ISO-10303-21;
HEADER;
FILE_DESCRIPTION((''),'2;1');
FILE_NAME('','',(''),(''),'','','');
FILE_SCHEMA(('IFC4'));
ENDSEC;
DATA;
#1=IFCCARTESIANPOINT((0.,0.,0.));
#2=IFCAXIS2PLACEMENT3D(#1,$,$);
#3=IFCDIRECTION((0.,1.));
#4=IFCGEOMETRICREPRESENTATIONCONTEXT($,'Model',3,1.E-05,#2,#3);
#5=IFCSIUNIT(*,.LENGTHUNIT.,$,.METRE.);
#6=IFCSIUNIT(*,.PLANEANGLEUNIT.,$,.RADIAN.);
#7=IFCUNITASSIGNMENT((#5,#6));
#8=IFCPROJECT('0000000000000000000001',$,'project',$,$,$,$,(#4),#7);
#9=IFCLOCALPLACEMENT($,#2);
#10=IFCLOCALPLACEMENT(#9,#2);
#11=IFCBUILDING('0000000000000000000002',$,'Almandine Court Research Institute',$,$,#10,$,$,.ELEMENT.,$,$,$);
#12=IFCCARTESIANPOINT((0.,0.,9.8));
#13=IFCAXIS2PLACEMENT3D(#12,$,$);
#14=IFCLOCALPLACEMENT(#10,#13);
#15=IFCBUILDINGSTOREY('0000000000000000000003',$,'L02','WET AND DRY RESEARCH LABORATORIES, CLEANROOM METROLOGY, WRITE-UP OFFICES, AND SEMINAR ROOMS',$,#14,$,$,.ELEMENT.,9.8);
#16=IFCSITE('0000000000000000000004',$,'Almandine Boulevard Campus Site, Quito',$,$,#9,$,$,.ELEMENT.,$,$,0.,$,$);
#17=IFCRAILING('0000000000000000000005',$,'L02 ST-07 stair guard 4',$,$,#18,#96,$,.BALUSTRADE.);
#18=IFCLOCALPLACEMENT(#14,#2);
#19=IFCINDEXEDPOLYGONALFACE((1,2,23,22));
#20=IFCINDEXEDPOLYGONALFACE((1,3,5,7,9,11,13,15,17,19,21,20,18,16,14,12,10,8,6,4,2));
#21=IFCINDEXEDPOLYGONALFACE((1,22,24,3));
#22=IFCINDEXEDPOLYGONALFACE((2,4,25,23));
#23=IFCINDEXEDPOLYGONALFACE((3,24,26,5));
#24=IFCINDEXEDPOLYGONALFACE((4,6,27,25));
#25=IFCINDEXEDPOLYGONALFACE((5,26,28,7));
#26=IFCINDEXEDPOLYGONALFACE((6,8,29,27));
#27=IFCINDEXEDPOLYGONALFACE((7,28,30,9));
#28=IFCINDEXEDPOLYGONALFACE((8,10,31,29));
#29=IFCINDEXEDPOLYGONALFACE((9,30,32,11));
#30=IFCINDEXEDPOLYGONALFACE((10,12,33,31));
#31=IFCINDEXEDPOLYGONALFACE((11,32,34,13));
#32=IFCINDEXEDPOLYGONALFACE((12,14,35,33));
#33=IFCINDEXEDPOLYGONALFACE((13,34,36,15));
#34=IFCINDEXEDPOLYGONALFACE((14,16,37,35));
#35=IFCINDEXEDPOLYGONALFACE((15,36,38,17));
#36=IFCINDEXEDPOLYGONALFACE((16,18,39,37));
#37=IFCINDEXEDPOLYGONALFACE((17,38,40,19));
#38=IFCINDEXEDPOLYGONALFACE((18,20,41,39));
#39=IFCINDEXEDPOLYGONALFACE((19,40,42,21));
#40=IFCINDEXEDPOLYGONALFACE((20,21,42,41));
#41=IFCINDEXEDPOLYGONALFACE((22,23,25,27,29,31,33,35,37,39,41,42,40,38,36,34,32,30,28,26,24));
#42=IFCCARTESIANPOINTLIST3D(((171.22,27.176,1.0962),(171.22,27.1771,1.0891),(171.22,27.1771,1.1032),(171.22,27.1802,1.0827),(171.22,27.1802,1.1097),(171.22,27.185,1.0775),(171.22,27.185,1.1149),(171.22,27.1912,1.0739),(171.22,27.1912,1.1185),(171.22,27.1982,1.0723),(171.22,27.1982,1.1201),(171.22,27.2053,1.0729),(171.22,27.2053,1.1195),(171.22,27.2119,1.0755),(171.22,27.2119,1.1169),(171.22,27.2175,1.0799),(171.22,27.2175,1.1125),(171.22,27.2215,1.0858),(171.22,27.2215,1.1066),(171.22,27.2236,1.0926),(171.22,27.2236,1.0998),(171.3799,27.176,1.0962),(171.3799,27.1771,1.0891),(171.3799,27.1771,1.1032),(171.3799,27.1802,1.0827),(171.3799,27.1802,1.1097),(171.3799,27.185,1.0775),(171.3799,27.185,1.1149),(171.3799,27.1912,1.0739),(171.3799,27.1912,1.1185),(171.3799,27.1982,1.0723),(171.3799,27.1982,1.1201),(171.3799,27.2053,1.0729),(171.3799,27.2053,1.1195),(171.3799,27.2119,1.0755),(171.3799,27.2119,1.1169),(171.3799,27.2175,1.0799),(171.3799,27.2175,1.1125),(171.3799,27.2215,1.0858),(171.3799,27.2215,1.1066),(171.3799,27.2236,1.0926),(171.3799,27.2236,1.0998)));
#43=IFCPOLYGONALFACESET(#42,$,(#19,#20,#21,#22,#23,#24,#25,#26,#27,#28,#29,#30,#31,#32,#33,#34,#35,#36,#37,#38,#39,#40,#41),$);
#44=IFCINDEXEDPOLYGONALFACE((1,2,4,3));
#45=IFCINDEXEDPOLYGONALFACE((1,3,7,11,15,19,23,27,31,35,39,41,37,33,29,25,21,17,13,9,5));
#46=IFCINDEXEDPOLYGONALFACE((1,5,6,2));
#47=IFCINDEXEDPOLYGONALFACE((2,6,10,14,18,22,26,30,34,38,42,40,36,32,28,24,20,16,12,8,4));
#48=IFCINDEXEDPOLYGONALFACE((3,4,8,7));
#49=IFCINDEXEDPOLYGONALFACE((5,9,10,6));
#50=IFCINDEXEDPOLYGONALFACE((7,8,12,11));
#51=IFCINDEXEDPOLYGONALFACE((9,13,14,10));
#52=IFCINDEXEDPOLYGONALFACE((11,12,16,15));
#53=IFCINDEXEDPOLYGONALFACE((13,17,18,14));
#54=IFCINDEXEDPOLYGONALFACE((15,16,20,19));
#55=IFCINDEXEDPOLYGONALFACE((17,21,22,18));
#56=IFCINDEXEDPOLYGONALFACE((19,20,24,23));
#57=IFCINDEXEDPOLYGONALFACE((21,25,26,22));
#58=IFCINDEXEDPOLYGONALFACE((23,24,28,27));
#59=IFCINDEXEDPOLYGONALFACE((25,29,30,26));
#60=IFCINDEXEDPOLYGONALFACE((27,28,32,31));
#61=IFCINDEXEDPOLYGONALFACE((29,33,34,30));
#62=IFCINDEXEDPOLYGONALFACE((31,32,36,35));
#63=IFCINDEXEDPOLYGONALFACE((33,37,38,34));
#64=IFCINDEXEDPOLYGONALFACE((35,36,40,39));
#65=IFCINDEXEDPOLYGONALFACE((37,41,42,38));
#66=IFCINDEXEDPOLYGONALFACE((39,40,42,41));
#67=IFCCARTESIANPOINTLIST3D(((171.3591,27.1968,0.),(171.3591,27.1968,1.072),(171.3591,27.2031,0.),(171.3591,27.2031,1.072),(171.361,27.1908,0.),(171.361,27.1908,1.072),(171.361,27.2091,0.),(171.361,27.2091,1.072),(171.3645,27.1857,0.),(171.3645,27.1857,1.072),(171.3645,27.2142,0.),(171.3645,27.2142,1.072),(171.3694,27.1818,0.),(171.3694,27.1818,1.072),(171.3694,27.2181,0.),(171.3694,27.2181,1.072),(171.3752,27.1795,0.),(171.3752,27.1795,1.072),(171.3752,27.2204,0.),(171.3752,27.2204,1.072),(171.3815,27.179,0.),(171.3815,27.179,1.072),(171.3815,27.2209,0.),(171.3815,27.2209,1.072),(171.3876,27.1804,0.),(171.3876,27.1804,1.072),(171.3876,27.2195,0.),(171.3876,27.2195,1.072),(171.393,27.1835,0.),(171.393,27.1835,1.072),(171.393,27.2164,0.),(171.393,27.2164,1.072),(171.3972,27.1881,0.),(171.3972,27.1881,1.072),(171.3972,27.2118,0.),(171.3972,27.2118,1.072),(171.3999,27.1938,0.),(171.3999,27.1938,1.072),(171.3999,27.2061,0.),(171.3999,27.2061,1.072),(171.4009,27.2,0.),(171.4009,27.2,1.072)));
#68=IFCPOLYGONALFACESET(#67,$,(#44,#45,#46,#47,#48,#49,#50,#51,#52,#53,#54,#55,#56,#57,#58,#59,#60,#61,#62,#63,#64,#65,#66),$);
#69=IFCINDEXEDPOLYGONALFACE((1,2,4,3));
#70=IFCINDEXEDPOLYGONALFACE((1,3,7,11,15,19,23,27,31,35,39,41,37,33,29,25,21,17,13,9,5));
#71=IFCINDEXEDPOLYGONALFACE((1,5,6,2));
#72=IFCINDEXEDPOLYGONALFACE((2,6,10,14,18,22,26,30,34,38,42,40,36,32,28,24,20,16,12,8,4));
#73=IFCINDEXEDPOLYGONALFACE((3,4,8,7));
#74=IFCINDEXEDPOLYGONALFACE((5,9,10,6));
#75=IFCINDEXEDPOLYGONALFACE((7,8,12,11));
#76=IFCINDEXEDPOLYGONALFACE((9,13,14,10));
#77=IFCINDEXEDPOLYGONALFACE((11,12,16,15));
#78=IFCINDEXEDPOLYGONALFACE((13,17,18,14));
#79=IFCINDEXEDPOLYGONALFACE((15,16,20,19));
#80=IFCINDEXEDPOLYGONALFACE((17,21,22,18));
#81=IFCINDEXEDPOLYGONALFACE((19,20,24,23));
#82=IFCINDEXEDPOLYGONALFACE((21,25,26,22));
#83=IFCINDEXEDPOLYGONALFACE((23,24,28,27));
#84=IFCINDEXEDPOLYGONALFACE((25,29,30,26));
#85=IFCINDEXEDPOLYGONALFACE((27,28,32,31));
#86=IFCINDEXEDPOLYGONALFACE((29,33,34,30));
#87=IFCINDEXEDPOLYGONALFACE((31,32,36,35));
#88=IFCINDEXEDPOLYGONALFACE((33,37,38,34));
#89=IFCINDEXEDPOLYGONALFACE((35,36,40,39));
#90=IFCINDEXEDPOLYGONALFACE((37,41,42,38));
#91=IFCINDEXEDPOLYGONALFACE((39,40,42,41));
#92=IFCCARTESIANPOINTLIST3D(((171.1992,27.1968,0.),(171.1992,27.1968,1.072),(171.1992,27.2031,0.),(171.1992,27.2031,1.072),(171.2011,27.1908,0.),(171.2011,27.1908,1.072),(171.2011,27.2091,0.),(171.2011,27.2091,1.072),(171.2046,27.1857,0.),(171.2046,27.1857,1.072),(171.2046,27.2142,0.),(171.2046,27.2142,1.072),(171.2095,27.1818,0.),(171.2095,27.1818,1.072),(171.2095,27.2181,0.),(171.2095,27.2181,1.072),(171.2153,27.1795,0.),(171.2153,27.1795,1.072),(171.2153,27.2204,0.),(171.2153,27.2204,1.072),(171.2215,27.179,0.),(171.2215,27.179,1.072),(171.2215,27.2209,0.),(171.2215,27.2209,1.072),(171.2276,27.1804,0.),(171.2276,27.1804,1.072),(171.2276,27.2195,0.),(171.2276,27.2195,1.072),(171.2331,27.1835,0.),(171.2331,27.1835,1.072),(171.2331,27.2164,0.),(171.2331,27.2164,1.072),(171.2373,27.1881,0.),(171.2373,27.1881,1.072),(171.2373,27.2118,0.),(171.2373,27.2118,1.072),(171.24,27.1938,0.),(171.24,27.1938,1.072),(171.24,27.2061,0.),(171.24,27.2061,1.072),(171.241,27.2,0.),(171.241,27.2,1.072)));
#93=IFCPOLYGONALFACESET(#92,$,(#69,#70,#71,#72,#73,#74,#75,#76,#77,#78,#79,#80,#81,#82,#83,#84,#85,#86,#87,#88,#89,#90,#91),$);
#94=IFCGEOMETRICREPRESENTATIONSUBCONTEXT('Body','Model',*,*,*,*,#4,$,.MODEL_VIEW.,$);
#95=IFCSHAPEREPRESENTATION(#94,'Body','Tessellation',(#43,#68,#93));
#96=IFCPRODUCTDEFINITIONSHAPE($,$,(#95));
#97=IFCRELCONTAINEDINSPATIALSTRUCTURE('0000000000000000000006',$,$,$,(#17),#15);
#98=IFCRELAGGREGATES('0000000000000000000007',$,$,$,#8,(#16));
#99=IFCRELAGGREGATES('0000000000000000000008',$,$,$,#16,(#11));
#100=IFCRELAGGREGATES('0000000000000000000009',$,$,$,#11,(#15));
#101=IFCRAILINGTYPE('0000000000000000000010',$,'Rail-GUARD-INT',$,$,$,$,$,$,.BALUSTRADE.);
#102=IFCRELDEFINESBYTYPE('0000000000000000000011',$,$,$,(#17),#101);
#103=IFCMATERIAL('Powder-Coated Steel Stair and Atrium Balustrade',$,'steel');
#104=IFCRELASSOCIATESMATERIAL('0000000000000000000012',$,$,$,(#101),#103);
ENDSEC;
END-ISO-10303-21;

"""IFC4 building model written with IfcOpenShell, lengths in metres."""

from ifc_helpers import new_model, si_unit, direction, frame, origin, origin_2d, place, context, subcontext, project, spatial, circle, extrude, material, type_object, element, save


model = new_model("IFC4")

# Units and contexts
model_context = context("Model", 3, precision=1e-05, world=origin(), true_north=direction((0.0, 1.0)))
body_context = subcontext(model_context, "Body", "Model", "MODEL_VIEW")
ifc_project = project(units=[si_unit("LENGTHUNIT", "METRE"), si_unit("PLANEANGLEUNIT", "RADIAN")], contexts=[model_context])

# Site, building, storey
site_placement = place(None, origin())
site = spatial("IfcSite", under=ifc_project, at=site_placement, Name="Almandine Boulevard Campus Site, Quito", CompositionType="ELEMENT", RefElevation=0.0)
building_placement = place(site_placement, origin())
building = spatial("IfcBuilding", under=site, at=building_placement, Name="Almandine Court Research Institute", CompositionType="ELEMENT")
storey_placement = place(building_placement, frame((0.0, 0.0, 9.8)))
storey = spatial("IfcBuildingStorey", under=building, at=storey_placement, Name="L02", Description="WET AND DRY RESEARCH LABORATORIES, CLEANROOM METROLOGY, WRITE-UP OFFICES, AND SEMINAR ROOMS", CompositionType="ELEMENT", Elevation=9.8)

# Railing
ifc_material_1 = material(Name="Powder-Coated Steel Stair and Atrium Balustrade", Category="steel")
railing_type_1 = type_object("IfcRailingType", Name="Rail-GUARD-INT", PredefinedType="BALUSTRADE", material=ifc_material_1)
railing_1_placement = place(storey_placement, frame((171.3799, 27.2, 0.0)))
element("IfcRailing", 1, at=railing_1_placement, inside=storey, type_object=railing_type_1, Name="L02 ST-07 stair guard 4", PredefinedType="BALUSTRADE", context=body_context, shape_type="SweptSolid", body=[
    extrude(circle(Radius=0.0239, at=origin_2d()), frame((0.0, 0.0, 1.0962), z_axis=(-1.0, 0.0, 0.0), x_axis=(0.0, -1.0, 0.0)), (0.0, 0.0, 1.0), 0.1599),
    extrude(circle(Radius=0.021, at=origin_2d()), origin(), (0.0, 0.0, 1.0), 1.072),
    extrude(circle(Radius=0.021, at=origin_2d()), frame((-0.1599, 0.0, 0.0)), (0.0, 0.0, 1.0), 1.072),
])

save(model, "model.ifc")
